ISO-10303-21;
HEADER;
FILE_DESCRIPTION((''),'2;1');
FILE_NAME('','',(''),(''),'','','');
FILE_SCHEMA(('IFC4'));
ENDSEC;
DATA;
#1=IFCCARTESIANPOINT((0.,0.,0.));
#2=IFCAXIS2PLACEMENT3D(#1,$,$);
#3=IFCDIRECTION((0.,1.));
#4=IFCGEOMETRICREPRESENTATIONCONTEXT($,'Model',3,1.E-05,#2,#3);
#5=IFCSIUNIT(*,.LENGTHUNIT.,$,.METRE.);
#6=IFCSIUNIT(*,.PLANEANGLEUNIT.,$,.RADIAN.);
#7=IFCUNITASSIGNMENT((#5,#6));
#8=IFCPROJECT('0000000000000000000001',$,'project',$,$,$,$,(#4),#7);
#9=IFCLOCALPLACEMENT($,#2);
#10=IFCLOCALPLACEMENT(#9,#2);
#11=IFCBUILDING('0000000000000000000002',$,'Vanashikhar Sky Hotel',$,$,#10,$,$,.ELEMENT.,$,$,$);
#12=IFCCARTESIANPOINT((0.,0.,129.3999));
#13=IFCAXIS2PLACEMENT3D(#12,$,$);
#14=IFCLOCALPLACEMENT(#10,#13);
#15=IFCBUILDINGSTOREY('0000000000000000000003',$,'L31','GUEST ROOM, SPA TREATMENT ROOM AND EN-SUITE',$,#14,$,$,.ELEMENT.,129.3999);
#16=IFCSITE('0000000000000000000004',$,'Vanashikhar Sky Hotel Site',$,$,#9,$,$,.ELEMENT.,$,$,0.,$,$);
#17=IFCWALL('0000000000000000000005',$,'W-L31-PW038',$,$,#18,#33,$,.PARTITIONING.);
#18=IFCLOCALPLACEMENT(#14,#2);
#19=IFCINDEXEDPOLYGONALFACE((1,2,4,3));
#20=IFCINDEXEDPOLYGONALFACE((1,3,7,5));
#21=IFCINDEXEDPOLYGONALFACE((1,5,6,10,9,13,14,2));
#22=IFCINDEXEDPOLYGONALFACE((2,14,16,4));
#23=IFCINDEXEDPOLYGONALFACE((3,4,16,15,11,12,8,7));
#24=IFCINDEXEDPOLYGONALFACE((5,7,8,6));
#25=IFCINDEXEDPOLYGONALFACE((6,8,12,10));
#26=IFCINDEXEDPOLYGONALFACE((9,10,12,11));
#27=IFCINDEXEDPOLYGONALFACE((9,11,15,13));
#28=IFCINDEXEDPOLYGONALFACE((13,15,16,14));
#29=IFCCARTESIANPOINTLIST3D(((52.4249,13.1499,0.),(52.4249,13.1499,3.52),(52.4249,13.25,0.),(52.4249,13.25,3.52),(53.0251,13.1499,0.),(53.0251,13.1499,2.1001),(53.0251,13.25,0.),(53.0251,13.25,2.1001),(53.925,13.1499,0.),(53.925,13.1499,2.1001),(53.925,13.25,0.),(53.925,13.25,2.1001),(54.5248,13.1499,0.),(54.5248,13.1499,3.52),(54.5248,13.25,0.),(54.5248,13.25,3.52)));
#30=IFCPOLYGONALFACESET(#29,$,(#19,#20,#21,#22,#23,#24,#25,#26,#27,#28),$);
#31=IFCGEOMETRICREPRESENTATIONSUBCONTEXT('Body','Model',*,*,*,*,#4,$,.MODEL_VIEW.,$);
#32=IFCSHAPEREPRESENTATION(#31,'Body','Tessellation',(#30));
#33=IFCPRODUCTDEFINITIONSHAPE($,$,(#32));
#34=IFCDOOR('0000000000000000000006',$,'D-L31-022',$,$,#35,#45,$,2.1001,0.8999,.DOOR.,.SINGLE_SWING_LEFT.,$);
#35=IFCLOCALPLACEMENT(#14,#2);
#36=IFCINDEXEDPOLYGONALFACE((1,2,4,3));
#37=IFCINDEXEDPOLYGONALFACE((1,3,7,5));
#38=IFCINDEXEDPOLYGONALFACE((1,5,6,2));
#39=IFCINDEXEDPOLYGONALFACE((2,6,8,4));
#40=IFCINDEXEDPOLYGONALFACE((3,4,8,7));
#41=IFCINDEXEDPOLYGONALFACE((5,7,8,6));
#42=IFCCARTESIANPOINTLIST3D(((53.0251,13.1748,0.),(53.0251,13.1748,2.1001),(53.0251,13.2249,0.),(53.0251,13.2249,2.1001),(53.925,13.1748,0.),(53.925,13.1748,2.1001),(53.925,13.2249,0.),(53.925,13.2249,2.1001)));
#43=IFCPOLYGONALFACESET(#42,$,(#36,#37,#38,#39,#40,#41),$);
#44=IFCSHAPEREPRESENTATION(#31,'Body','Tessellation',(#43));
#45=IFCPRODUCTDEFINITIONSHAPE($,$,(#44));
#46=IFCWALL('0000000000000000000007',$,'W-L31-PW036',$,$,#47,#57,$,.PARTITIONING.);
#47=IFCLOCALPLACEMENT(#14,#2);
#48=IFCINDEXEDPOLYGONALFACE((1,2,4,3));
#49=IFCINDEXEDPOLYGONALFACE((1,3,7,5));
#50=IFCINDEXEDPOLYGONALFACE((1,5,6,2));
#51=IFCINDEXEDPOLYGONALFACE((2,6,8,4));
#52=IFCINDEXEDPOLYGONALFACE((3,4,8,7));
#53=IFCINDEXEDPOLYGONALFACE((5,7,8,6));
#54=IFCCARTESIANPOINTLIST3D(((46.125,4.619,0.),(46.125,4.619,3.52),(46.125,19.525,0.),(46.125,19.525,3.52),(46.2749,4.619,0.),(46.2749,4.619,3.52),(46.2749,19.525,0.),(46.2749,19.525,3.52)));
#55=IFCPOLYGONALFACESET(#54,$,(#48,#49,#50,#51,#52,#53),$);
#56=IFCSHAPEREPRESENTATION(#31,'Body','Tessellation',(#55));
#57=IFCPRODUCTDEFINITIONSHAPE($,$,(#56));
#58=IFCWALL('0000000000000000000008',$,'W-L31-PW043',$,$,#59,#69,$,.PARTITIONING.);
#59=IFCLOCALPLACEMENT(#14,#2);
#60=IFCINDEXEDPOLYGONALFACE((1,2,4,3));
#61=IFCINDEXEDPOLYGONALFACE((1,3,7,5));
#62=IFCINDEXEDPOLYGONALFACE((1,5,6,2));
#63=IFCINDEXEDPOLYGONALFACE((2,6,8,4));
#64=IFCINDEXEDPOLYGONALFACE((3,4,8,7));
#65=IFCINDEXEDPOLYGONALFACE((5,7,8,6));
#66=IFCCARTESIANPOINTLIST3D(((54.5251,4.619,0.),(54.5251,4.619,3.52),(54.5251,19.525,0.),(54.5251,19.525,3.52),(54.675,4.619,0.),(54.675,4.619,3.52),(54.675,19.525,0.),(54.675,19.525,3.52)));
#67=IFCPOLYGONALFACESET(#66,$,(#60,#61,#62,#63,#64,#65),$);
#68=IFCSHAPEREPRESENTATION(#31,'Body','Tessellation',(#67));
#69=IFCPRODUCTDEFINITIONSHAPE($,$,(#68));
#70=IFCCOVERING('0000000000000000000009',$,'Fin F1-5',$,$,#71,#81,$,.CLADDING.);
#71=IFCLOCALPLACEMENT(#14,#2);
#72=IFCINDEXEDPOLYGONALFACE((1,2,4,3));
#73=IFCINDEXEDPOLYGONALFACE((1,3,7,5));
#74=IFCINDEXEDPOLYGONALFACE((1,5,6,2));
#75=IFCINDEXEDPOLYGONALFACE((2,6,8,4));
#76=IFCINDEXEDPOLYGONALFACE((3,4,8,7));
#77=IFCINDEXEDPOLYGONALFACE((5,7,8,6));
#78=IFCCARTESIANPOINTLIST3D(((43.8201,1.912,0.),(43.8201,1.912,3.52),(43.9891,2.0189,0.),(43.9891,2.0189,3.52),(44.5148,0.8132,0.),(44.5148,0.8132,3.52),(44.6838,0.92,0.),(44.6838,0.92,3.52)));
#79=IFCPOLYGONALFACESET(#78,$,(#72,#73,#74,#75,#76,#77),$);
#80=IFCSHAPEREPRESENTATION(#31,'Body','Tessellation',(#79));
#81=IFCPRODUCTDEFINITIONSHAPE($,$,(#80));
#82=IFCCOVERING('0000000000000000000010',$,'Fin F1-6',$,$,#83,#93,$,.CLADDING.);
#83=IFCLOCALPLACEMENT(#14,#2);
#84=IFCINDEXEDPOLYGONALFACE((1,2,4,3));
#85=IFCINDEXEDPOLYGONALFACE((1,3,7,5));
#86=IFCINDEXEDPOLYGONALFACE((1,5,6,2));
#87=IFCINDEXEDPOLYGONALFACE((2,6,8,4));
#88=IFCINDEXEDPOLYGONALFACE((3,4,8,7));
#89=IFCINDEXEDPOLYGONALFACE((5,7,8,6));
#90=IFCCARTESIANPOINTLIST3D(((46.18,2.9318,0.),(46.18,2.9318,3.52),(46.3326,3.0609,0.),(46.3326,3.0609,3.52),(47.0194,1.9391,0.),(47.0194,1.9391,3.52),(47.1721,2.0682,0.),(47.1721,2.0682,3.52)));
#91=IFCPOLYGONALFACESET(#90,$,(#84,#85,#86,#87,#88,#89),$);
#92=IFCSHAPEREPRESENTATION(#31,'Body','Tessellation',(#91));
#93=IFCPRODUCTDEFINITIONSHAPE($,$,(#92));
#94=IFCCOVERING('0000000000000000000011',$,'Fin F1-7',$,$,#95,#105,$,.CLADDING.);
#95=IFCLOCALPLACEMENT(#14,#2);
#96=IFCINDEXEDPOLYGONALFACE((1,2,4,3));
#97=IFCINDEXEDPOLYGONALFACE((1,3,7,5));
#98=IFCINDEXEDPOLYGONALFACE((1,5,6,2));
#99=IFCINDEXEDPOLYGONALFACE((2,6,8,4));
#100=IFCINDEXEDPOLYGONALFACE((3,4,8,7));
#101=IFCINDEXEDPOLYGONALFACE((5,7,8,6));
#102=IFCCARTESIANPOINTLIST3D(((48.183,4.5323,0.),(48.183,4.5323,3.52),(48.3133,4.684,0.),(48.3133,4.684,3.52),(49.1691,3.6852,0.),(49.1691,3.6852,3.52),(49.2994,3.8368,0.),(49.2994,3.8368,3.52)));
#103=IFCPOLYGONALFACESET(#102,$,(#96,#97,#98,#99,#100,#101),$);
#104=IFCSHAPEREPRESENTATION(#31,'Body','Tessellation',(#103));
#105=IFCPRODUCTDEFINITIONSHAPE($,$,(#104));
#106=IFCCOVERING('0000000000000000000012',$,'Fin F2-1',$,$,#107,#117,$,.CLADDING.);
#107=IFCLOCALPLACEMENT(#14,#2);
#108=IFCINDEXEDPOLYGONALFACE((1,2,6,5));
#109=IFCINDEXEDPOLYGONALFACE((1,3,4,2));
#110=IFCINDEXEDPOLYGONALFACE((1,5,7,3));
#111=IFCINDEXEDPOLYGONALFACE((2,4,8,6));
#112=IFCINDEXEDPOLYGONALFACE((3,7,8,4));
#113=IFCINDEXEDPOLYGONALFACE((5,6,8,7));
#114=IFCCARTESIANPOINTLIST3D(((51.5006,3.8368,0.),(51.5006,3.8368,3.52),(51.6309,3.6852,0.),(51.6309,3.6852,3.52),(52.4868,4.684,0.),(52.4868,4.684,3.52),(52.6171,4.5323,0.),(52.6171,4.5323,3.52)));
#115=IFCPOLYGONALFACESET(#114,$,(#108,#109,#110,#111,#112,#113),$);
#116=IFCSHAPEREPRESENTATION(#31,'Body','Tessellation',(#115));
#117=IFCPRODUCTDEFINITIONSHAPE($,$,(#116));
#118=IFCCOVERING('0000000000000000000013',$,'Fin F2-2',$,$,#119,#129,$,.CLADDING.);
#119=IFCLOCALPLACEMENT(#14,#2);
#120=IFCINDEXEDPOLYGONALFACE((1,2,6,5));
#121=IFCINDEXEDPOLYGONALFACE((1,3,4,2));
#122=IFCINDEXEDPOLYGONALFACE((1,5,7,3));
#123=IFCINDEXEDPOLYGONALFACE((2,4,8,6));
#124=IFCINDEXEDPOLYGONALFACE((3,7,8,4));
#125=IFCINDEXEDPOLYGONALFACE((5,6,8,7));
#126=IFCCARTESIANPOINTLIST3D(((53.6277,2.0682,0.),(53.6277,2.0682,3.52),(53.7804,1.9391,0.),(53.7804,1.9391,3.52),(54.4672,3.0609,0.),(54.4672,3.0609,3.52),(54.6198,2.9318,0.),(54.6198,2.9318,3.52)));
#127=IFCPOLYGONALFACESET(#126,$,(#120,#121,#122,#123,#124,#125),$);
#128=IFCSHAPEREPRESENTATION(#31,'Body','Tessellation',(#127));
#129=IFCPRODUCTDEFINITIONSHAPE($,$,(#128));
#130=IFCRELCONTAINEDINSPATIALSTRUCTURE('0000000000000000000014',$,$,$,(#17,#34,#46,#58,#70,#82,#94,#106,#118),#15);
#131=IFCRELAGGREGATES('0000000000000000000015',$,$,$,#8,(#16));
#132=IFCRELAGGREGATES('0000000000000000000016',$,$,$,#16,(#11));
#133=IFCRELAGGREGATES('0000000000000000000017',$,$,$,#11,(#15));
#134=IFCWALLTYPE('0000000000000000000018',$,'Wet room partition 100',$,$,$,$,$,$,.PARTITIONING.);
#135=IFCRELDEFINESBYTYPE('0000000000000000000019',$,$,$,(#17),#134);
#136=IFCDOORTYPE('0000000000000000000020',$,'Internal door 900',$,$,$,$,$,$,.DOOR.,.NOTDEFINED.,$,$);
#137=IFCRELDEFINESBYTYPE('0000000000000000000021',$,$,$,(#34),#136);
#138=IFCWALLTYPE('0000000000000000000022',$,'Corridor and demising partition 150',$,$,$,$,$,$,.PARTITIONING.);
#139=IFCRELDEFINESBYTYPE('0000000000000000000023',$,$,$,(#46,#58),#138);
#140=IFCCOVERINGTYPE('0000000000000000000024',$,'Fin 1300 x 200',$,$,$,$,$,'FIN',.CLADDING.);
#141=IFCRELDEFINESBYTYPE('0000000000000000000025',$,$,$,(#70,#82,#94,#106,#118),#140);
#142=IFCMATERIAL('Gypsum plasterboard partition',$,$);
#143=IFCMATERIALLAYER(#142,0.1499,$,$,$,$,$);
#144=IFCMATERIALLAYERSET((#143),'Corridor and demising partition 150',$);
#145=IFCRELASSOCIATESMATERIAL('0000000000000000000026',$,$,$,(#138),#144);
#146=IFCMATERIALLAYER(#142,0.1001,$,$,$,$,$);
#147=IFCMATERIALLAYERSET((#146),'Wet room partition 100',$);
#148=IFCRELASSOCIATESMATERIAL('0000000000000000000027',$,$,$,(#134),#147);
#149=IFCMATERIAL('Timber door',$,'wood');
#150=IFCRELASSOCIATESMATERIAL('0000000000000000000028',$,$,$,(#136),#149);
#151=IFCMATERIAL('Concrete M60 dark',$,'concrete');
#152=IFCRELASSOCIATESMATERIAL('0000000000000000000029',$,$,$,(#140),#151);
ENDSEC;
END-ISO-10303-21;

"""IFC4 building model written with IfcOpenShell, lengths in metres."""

from ifc_helpers import new_model, si_unit, direction, frame, frame_2d, origin, origin_2d, place, context, subcontext, project, spatial, rectangle, extrude, source, transform, mapped, material, layer, layer_set, material_profile, profile_set, type_object, element, fill, save


model = new_model("IFC4")

# Units and contexts
model_context = context("Model", 3, precision=1e-05, world=origin(), true_north=direction((0.0, 1.0)))
body_context = subcontext(model_context, "Body", "Model", "MODEL_VIEW")
ifc_project = project(units=[si_unit("LENGTHUNIT", "METRE"), si_unit("PLANEANGLEUNIT", "RADIAN")], contexts=[model_context])

# Site, building, storey
site_placement = place(None, origin())
site = spatial("IfcSite", under=ifc_project, at=site_placement, Name="Vanashikhar Sky Hotel Site", CompositionType="ELEMENT", RefElevation=0.0)
building_placement = place(site_placement, origin())
building = spatial("IfcBuilding", under=site, at=building_placement, Name="Vanashikhar Sky Hotel", CompositionType="ELEMENT")
storey_placement = place(building_placement, frame((0.0, 0.0, 129.3999)))
storey = spatial("IfcBuildingStorey", under=building, at=storey_placement, Name="L31", Description="GUEST ROOM, SPA TREATMENT ROOM AND EN-SUITE", CompositionType="ELEMENT", Elevation=129.3999)

# Shared definitions
ifc_material_1 = material(Name="Gypsum plasterboard partition")
ifc_layer_1 = layer(ifc_material_1, 0.1499)
ifc_layer_set_1 = layer_set([ifc_layer_1], Name="Corridor and demising partition 150")
wall_type_1 = type_object("IfcWallType", Name="Corridor and demising partition 150", PredefinedType="PARTITIONING", material=ifc_layer_set_1)
ifc_layer_2 = layer(ifc_material_1, 0.1001)
ifc_layer_set_2 = layer_set([ifc_layer_2], Name="Wet room partition 100")
wall_type_2 = type_object("IfcWallType", Name="Wet room partition 100", PredefinedType="PARTITIONING", material=ifc_layer_set_2)

# Wall, opening, door
shared_shape_1 = source(origin(), body_context, "Body", "SweptSolid", [
    extrude(rectangle(XDim=0.8999, YDim=2.1001, at=frame_2d((0.45, 1.05))), frame((0.0, 0.0601, 0.0), z_axis=(0.0, -1.0, 0.0), x_axis=(1.0, 0.0, 0.0)), (0.0, 0.0, 1.0), 0.1201),
])
ifc_material_2 = material(Name="Timber door", Category="wood")
door_type = type_object("IfcDoorType", Name="Internal door 900", OperationType="NOTDEFINED", PredefinedType="DOOR", material=ifc_material_2)
shared_shape_2 = source(origin(), body_context, "Body", "SweptSolid", [
    extrude(rectangle(XDim=0.8999, YDim=2.1001, at=frame_2d((0.45, 1.05))), frame((0.0, 0.0249, 0.0), z_axis=(0.0, -1.0, 0.0), x_axis=(1.0, 0.0, 0.0)), (0.0, 0.0, 1.0), 0.05),
])
shared_shape_3 = source(origin(), body_context, "Body", "SweptSolid", [
    extrude(rectangle(XDim=2.0999, YDim=0.1001, at=frame_2d((1.0498, 0.0))), origin(), (0.0, 0.0, 1.0), 3.52),
])
wall_1_placement = place(storey_placement, frame((52.425, 13.2, 0.0), z_axis=(0.0, 0.0, 1.0), x_axis=(1.0, 0.0, 0.0)))
wall_1 = element("IfcWall", 1, at=wall_1_placement, inside=storey, type_object=wall_type_2, Name="W-L31-PW038", PredefinedType="PARTITIONING", context=body_context, shape_type="MappedRepresentation", body=[
    mapped(shared_shape_3, transform((0.0, 0.0, 0.0), scale=1.0)),
])
opening_1_placement = place(wall_1_placement, frame((0.6001, 0.0, 0.0)))
opening_1 = element("IfcOpeningElement", 2, at=opening_1_placement, cuts=wall_1, PredefinedType="OPENING", context=body_context, shape_type="MappedRepresentation", body=[
    mapped(shared_shape_1, transform((0.0, 0.0, 0.0), scale=1.0)),
])
door_1_placement = place(opening_1_placement, origin())
door_1 = element("IfcDoor", 3, at=door_1_placement, inside=storey, type_object=door_type, Name="D-L31-022", OperationType="SINGLE_SWING_LEFT", OverallHeight=2.1001, OverallWidth=0.8999, PredefinedType="DOOR", context=body_context, shape_type="MappedRepresentation", body=[
    mapped(shared_shape_2, transform((0.0, 0.0, 0.0), scale=1.0)),
])
fill(opening_1, door_1)

# Walls
shared_shape_4 = source(origin(), body_context, "Body", "SweptSolid", [
    extrude(rectangle(XDim=14.906, YDim=0.1499, at=frame_2d((7.4531, 0.0))), origin(), (0.0, 0.0, 1.0), 3.52),
])
for number, where, z_axis, x_axis, name in (
    (4, (46.2, 4.6189, 0.0), (0.0, 0.0, 1.0), (0.0, 1.0, 0.0), "W-L31-PW036"),
    (5, (54.6001, 4.6189, 0.0), (0.0, 0.0, 1.0), (0.0, 1.0, 0.0), "W-L31-PW043"),
):
    element("IfcWall", number, at=place(storey_placement, frame(where, z_axis=z_axis, x_axis=x_axis)), inside=storey, type_object=wall_type_1, Name=name, PredefinedType="PARTITIONING", context=body_context, shape_type="MappedRepresentation", body=[
        mapped(shared_shape_4, transform((0.0, 0.0, 0.0), scale=1.0)),
    ])

# Coverings
ifc_material_3 = material(Name="Concrete M60 dark", Category="concrete")
ifc_material_profile = material_profile(ifc_material_3, rectangle(XDim=1.3, YDim=0.2, at=origin_2d()))
ifc_profile_set = profile_set([ifc_material_profile], Name="Fin 1300 x 200")
covering_type = type_object("IfcCoveringType", Name="Fin 1300 x 200", ElementType="FIN", PredefinedType="CLADDING", material=ifc_profile_set)
shared_shape_5 = source(origin(), body_context, "Body", "SweptSolid", [
    extrude(rectangle(XDim=1.3, YDim=0.2, at=origin_2d()), origin(), (0.0, 0.0, 1.0), 3.52),
])
for number, where, z_axis, x_axis, name in (
    (6, (44.252, 1.416, 0.0), (0.0, 0.0, 1.0), (0.534411, -0.845225, 0.0), "Fin F1-5"),
    (7, (46.676, 2.5, 0.0), (0.0, 0.0, 1.0), (0.645698, -0.763593, 0.0), "Fin F1-6"),
    (8, (48.7412, 4.1846, 0.0), (0.0, 0.0, 1.0), (0.758544, -0.651622, 0.0), "Fin F1-7"),
    (9, (52.0588, 4.1846, 0.0), (0.0, 0.0, 1.0), (-0.758544, -0.651622, 0.0), "Fin F2-1"),
    (10, (54.1238, 2.5, 0.0), (0.0, 0.0, 1.0), (-0.645698, -0.763593, 0.0), "Fin F2-2"),
):
    element("IfcCovering", number, at=place(storey_placement, frame(where, z_axis=z_axis, x_axis=x_axis)), inside=storey, type_object=covering_type, Name=name, PredefinedType="CLADDING", context=body_context, shape_type="MappedRepresentation", body=[
        mapped(shared_shape_5, transform((0.0, 0.0, 0.0), scale=1.0)),
    ])

save(model, "model.ifc")
